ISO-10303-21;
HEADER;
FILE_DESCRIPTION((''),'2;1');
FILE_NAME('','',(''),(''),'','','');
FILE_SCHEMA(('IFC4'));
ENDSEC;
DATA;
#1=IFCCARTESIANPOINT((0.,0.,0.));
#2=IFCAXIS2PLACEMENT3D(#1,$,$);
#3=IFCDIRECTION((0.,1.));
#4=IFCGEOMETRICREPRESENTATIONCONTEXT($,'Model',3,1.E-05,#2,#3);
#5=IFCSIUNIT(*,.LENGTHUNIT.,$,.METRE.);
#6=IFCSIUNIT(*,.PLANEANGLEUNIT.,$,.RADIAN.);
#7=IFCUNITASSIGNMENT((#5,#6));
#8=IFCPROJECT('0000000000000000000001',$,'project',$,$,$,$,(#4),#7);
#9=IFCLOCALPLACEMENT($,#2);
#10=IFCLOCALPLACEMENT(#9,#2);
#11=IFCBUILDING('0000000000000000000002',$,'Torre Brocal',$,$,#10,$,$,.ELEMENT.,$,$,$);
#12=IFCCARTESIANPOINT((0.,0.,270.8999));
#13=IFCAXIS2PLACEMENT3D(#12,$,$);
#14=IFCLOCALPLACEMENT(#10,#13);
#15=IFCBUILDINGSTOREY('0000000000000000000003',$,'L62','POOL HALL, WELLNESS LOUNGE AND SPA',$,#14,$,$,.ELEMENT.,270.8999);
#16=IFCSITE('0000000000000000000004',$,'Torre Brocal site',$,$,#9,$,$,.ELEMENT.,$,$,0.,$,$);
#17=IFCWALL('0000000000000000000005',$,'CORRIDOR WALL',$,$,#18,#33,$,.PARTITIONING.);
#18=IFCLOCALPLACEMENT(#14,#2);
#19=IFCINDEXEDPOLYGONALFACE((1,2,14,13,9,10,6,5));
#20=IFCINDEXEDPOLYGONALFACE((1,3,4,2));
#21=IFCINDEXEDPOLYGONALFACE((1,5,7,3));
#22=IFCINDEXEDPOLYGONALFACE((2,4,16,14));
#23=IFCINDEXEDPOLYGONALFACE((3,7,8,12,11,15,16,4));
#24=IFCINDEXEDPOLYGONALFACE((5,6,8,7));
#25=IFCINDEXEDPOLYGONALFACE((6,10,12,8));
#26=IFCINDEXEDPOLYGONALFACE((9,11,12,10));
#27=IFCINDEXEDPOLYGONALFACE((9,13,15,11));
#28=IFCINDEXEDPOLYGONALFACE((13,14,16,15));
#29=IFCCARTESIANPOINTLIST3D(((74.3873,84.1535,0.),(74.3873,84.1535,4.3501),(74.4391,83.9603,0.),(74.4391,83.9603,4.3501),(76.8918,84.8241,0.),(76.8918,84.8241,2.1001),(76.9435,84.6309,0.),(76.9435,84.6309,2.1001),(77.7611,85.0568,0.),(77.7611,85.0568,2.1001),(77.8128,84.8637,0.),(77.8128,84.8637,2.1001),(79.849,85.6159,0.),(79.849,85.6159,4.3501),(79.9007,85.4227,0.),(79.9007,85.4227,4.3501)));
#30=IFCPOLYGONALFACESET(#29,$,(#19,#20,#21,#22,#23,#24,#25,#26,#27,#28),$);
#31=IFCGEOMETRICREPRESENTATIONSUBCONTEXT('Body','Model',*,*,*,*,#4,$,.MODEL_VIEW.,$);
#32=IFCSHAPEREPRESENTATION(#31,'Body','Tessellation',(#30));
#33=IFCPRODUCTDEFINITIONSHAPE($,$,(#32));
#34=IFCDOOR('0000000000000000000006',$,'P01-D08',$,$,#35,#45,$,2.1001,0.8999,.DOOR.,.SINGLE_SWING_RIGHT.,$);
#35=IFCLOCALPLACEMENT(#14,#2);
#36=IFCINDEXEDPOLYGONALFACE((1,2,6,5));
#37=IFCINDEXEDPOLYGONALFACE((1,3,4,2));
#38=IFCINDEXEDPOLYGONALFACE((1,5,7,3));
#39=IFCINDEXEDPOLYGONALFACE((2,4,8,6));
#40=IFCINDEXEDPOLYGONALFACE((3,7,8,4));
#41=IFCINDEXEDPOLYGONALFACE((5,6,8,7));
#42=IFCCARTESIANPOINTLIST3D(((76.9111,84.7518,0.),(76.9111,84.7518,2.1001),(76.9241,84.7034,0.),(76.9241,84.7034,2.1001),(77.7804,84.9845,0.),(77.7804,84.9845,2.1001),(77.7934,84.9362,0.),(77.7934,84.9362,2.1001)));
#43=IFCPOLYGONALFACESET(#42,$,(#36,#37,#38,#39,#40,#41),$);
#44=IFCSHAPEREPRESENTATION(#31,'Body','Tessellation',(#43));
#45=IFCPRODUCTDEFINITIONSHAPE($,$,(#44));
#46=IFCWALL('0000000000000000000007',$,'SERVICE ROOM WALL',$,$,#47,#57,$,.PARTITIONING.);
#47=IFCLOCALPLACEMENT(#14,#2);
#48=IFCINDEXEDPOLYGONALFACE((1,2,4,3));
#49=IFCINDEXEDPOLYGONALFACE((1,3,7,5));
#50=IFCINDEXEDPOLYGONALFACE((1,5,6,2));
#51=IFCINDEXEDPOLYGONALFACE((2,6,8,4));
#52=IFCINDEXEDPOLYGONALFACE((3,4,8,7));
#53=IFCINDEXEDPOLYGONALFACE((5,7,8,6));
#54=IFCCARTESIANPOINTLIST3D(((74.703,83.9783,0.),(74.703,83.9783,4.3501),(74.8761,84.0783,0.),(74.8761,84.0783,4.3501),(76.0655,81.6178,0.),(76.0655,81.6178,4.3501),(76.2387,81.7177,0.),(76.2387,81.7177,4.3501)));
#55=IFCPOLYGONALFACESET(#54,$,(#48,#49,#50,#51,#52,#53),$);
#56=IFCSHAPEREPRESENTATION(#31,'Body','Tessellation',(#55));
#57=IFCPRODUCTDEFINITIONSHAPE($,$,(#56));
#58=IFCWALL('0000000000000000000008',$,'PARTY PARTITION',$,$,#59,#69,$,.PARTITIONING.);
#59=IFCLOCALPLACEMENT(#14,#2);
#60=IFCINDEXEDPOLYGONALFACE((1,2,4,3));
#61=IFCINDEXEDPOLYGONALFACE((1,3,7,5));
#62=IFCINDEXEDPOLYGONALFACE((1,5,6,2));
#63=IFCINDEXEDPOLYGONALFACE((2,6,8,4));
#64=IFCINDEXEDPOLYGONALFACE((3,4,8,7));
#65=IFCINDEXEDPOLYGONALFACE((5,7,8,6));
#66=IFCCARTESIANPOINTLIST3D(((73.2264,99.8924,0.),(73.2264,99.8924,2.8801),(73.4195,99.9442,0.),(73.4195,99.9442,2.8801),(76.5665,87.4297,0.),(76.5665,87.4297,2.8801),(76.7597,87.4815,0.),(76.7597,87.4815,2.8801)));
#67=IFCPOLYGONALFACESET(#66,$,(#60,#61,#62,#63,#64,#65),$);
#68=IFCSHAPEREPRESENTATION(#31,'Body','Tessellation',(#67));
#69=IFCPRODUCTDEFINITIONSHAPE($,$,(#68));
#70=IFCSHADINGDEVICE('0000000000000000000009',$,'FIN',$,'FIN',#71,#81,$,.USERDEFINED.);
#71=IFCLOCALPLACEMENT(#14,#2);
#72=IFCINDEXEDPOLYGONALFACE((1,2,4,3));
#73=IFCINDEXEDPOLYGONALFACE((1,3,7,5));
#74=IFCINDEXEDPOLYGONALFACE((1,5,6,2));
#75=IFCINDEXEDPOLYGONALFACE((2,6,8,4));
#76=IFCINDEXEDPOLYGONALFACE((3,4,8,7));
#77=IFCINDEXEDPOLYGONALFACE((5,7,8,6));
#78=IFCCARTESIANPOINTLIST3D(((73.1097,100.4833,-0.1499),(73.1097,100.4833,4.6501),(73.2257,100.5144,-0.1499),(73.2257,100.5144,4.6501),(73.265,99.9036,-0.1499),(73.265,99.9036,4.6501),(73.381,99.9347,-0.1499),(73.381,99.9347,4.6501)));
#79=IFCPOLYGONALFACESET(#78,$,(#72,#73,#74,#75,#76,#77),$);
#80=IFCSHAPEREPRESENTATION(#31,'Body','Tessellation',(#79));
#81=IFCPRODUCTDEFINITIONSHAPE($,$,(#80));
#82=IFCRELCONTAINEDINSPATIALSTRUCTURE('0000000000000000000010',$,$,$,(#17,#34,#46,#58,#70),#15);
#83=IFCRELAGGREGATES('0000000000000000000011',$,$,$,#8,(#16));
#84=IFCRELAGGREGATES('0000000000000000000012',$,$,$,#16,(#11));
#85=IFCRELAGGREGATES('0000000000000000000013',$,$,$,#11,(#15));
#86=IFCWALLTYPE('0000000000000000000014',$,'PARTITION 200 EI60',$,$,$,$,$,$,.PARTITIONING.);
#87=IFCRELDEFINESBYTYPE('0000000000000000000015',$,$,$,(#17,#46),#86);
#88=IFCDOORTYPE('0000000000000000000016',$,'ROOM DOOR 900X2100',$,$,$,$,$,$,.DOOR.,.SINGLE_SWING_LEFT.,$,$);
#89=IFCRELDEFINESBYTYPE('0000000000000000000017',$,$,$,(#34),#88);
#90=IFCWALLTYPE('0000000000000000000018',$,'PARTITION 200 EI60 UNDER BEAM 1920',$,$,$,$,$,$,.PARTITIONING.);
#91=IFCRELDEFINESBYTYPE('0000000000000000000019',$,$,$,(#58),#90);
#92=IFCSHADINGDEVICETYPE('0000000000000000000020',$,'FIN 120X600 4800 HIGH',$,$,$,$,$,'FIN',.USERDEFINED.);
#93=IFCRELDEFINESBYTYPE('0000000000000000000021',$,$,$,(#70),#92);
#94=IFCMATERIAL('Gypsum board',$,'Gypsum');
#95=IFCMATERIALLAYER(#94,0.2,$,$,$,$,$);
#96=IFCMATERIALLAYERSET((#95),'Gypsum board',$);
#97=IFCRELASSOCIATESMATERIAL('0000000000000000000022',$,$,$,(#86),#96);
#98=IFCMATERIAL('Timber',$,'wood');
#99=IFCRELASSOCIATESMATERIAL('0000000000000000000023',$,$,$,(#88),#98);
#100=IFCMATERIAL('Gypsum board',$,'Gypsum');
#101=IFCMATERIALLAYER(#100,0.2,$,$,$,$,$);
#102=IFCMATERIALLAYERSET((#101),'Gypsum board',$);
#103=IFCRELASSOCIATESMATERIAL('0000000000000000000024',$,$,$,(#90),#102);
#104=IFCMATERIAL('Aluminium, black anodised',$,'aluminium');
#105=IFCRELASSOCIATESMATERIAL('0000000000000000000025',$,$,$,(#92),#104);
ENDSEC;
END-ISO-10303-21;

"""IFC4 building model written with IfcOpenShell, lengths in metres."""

from ifc_helpers import new_model, si_unit, direction, frame, frame_2d, origin, origin_2d, place, context, subcontext, project, spatial, rectangle, extrude, material, layer, layer_set, material_profile, profile_set, type_object, element, fill, save


model = new_model("IFC4")

# Units and contexts
model_context = context("Model", 3, precision=1e-05, world=origin(), true_north=direction((0.0, 1.0)))
body_context = subcontext(model_context, "Body", "Model", "MODEL_VIEW")
ifc_project = project(units=[si_unit("LENGTHUNIT", "METRE"), si_unit("PLANEANGLEUNIT", "RADIAN")], contexts=[model_context])

# Site, building, storey
site_placement = place(None, origin())
site = spatial("IfcSite", under=ifc_project, at=site_placement, Name="Torre Brocal site", CompositionType="ELEMENT", RefElevation=0.0)
building_placement = place(site_placement, origin())
building = spatial("IfcBuilding", under=site, at=building_placement, Name="Torre Brocal", CompositionType="ELEMENT")
storey_placement = place(building_placement, frame((0.0, 0.0, 270.8999)))
storey = spatial("IfcBuildingStorey", under=building, at=storey_placement, Name="L62", Description="POOL HALL, WELLNESS LOUNGE AND SPA", CompositionType="ELEMENT", Elevation=270.8999)

# Shared definitions
ifc_material_1 = material(Name="Gypsum board", Category="Gypsum")
ifc_layer_1 = layer(ifc_material_1, 0.2)
ifc_layer_set_1 = layer_set([ifc_layer_1], Name="Gypsum board")
wall_type_1 = type_object("IfcWallType", Name="PARTITION 200 EI60", PredefinedType="PARTITIONING", material=ifc_layer_set_1)
ifc_material_2 = material(Name="Timber", Category="wood")
door_type = type_object("IfcDoorType", Name="ROOM DOOR 900X2100", OperationType="SINGLE_SWING_LEFT", PredefinedType="DOOR", material=ifc_material_2)

# Wall, opening, door
wall_1_placement = place(storey_placement, frame((74.4131, 84.0569, 0.0), z_axis=(0.0, 0.0, 1.0), x_axis=(0.965972, 0.258646, 0.0)))
wall_1 = element("IfcWall", 1, at=wall_1_placement, inside=storey, type_object=wall_type_1, Name="CORRIDOR WALL", PredefinedType="PARTITIONING", context=body_context, shape_type="SweptSolid", body=[
    extrude(rectangle(XDim=5.6541, YDim=0.2, at=frame_2d((2.8271, 0.0))), origin(), (0.0, 0.0, 1.0), 4.3501),
])
opening_1_placement = place(wall_1_placement, frame((2.5928, 0.0, 0.0)))
opening_1 = element("IfcOpeningElement", 2, at=opening_1_placement, cuts=wall_1, PredefinedType="OPENING", context=body_context, shape_type="SweptSolid", body=[
    extrude(rectangle(XDim=0.8999, YDim=2.1001, at=frame_2d((0.45, 1.05))), frame((0.0, 0.1099, 0.0), z_axis=(0.0, -1.0, 0.0), x_axis=(1.0, 0.0, 0.0)), (0.0, 0.0, 1.0), 0.22),
])
door_1_placement = place(opening_1_placement, frame((0.8999, 0.0, 0.0), z_axis=(0.0, 0.0, 1.0), x_axis=(-1.0, 0.0, 0.0)))
door_1 = element("IfcDoor", 3, at=door_1_placement, inside=storey, type_object=door_type, Name="P01-D08", OperationType="SINGLE_SWING_RIGHT", OverallHeight=2.1001, OverallWidth=0.8999, PredefinedType="DOOR", context=body_context, shape_type="SweptSolid", body=[
    extrude(rectangle(XDim=0.8999, YDim=2.1001, at=frame_2d((0.45, 1.05))), frame((0.0, 0.0249, 0.0), z_axis=(0.0, -1.0, 0.0), x_axis=(1.0, 0.0, 0.0)), (0.0, 0.0, 1.0), 0.05),
])
fill(opening_1, door_1)

# Walls
wall_2_placement = place(storey_placement, frame((74.7896, 84.0283, 0.0), z_axis=(0.0, 0.0, 1.0), x_axis=(0.499906, -0.86608, 0.0)))
element("IfcWall", 4, at=wall_2_placement, inside=storey, type_object=wall_type_1, Name="SERVICE ROOM WALL", PredefinedType="PARTITIONING", context=body_context, shape_type="SweptSolid", body=[
    extrude(rectangle(XDim=2.7256, YDim=0.2, at=frame_2d((1.3628, 0.0))), origin(), (0.0, 0.0, 1.0), 4.3501),
])
ifc_material_3 = material(Name="Gypsum board", Category="Gypsum")
ifc_layer_2 = layer(ifc_material_3, 0.2)
ifc_layer_set_2 = layer_set([ifc_layer_2], Name="Gypsum board")
wall_type_2 = type_object("IfcWallType", Name="PARTITION 200 EI60 UNDER BEAM 1920", PredefinedType="PARTITIONING", material=ifc_layer_set_2)
wall_3_placement = place(storey_placement, frame((73.323, 99.9182, 0.0), z_axis=(0.0, 0.0, 1.0), x_axis=(0.258872, -0.965912, 0.0)))
element("IfcWall", 5, at=wall_3_placement, inside=storey, type_object=wall_type_2, Name="PARTY PARTITION", PredefinedType="PARTITIONING", context=body_context, shape_type="SweptSolid", body=[
    extrude(rectangle(XDim=12.9026, YDim=0.2, at=frame_2d((6.4512, 0.0))), origin(), (0.0, 0.0, 1.0), 2.8801),
])

# Shading device
ifc_material_4 = material(Name="Aluminium, black anodised", Category="aluminium")
ifc_material_profile_1 = material_profile(ifc_material_4, rectangle(XDim=0.1201, YDim=0.6001, at=origin_2d()), Name="FIN 120X600 4800 HIGH")
ifc_profile_set_1 = profile_set([ifc_material_profile_1], Name="Aluminium, black anodised")
shading_device_type = type_object("IfcShadingDeviceType", Name="FIN 120X600 4800 HIGH", ElementType="FIN", PredefinedType="USERDEFINED", material=ifc_profile_set_1)
shading_device_placement = place(storey_placement, frame((73.2454, 100.209, -0.1499), z_axis=(0.0, 0.0, 1.0), x_axis=(-0.965926, -0.258819, 0.0)))
element("IfcShadingDevice", 6, at=shading_device_placement, inside=storey, type_object=shading_device_type, Name="FIN", ObjectType="FIN", PredefinedType="USERDEFINED", context=body_context, shape_type="SweptSolid", body=[
    extrude(rectangle(XDim=0.1201, YDim=0.6001, at=origin_2d()), origin(), (0.0, 0.0, 1.0), 4.8),
])

save(model, "model.ifc")
